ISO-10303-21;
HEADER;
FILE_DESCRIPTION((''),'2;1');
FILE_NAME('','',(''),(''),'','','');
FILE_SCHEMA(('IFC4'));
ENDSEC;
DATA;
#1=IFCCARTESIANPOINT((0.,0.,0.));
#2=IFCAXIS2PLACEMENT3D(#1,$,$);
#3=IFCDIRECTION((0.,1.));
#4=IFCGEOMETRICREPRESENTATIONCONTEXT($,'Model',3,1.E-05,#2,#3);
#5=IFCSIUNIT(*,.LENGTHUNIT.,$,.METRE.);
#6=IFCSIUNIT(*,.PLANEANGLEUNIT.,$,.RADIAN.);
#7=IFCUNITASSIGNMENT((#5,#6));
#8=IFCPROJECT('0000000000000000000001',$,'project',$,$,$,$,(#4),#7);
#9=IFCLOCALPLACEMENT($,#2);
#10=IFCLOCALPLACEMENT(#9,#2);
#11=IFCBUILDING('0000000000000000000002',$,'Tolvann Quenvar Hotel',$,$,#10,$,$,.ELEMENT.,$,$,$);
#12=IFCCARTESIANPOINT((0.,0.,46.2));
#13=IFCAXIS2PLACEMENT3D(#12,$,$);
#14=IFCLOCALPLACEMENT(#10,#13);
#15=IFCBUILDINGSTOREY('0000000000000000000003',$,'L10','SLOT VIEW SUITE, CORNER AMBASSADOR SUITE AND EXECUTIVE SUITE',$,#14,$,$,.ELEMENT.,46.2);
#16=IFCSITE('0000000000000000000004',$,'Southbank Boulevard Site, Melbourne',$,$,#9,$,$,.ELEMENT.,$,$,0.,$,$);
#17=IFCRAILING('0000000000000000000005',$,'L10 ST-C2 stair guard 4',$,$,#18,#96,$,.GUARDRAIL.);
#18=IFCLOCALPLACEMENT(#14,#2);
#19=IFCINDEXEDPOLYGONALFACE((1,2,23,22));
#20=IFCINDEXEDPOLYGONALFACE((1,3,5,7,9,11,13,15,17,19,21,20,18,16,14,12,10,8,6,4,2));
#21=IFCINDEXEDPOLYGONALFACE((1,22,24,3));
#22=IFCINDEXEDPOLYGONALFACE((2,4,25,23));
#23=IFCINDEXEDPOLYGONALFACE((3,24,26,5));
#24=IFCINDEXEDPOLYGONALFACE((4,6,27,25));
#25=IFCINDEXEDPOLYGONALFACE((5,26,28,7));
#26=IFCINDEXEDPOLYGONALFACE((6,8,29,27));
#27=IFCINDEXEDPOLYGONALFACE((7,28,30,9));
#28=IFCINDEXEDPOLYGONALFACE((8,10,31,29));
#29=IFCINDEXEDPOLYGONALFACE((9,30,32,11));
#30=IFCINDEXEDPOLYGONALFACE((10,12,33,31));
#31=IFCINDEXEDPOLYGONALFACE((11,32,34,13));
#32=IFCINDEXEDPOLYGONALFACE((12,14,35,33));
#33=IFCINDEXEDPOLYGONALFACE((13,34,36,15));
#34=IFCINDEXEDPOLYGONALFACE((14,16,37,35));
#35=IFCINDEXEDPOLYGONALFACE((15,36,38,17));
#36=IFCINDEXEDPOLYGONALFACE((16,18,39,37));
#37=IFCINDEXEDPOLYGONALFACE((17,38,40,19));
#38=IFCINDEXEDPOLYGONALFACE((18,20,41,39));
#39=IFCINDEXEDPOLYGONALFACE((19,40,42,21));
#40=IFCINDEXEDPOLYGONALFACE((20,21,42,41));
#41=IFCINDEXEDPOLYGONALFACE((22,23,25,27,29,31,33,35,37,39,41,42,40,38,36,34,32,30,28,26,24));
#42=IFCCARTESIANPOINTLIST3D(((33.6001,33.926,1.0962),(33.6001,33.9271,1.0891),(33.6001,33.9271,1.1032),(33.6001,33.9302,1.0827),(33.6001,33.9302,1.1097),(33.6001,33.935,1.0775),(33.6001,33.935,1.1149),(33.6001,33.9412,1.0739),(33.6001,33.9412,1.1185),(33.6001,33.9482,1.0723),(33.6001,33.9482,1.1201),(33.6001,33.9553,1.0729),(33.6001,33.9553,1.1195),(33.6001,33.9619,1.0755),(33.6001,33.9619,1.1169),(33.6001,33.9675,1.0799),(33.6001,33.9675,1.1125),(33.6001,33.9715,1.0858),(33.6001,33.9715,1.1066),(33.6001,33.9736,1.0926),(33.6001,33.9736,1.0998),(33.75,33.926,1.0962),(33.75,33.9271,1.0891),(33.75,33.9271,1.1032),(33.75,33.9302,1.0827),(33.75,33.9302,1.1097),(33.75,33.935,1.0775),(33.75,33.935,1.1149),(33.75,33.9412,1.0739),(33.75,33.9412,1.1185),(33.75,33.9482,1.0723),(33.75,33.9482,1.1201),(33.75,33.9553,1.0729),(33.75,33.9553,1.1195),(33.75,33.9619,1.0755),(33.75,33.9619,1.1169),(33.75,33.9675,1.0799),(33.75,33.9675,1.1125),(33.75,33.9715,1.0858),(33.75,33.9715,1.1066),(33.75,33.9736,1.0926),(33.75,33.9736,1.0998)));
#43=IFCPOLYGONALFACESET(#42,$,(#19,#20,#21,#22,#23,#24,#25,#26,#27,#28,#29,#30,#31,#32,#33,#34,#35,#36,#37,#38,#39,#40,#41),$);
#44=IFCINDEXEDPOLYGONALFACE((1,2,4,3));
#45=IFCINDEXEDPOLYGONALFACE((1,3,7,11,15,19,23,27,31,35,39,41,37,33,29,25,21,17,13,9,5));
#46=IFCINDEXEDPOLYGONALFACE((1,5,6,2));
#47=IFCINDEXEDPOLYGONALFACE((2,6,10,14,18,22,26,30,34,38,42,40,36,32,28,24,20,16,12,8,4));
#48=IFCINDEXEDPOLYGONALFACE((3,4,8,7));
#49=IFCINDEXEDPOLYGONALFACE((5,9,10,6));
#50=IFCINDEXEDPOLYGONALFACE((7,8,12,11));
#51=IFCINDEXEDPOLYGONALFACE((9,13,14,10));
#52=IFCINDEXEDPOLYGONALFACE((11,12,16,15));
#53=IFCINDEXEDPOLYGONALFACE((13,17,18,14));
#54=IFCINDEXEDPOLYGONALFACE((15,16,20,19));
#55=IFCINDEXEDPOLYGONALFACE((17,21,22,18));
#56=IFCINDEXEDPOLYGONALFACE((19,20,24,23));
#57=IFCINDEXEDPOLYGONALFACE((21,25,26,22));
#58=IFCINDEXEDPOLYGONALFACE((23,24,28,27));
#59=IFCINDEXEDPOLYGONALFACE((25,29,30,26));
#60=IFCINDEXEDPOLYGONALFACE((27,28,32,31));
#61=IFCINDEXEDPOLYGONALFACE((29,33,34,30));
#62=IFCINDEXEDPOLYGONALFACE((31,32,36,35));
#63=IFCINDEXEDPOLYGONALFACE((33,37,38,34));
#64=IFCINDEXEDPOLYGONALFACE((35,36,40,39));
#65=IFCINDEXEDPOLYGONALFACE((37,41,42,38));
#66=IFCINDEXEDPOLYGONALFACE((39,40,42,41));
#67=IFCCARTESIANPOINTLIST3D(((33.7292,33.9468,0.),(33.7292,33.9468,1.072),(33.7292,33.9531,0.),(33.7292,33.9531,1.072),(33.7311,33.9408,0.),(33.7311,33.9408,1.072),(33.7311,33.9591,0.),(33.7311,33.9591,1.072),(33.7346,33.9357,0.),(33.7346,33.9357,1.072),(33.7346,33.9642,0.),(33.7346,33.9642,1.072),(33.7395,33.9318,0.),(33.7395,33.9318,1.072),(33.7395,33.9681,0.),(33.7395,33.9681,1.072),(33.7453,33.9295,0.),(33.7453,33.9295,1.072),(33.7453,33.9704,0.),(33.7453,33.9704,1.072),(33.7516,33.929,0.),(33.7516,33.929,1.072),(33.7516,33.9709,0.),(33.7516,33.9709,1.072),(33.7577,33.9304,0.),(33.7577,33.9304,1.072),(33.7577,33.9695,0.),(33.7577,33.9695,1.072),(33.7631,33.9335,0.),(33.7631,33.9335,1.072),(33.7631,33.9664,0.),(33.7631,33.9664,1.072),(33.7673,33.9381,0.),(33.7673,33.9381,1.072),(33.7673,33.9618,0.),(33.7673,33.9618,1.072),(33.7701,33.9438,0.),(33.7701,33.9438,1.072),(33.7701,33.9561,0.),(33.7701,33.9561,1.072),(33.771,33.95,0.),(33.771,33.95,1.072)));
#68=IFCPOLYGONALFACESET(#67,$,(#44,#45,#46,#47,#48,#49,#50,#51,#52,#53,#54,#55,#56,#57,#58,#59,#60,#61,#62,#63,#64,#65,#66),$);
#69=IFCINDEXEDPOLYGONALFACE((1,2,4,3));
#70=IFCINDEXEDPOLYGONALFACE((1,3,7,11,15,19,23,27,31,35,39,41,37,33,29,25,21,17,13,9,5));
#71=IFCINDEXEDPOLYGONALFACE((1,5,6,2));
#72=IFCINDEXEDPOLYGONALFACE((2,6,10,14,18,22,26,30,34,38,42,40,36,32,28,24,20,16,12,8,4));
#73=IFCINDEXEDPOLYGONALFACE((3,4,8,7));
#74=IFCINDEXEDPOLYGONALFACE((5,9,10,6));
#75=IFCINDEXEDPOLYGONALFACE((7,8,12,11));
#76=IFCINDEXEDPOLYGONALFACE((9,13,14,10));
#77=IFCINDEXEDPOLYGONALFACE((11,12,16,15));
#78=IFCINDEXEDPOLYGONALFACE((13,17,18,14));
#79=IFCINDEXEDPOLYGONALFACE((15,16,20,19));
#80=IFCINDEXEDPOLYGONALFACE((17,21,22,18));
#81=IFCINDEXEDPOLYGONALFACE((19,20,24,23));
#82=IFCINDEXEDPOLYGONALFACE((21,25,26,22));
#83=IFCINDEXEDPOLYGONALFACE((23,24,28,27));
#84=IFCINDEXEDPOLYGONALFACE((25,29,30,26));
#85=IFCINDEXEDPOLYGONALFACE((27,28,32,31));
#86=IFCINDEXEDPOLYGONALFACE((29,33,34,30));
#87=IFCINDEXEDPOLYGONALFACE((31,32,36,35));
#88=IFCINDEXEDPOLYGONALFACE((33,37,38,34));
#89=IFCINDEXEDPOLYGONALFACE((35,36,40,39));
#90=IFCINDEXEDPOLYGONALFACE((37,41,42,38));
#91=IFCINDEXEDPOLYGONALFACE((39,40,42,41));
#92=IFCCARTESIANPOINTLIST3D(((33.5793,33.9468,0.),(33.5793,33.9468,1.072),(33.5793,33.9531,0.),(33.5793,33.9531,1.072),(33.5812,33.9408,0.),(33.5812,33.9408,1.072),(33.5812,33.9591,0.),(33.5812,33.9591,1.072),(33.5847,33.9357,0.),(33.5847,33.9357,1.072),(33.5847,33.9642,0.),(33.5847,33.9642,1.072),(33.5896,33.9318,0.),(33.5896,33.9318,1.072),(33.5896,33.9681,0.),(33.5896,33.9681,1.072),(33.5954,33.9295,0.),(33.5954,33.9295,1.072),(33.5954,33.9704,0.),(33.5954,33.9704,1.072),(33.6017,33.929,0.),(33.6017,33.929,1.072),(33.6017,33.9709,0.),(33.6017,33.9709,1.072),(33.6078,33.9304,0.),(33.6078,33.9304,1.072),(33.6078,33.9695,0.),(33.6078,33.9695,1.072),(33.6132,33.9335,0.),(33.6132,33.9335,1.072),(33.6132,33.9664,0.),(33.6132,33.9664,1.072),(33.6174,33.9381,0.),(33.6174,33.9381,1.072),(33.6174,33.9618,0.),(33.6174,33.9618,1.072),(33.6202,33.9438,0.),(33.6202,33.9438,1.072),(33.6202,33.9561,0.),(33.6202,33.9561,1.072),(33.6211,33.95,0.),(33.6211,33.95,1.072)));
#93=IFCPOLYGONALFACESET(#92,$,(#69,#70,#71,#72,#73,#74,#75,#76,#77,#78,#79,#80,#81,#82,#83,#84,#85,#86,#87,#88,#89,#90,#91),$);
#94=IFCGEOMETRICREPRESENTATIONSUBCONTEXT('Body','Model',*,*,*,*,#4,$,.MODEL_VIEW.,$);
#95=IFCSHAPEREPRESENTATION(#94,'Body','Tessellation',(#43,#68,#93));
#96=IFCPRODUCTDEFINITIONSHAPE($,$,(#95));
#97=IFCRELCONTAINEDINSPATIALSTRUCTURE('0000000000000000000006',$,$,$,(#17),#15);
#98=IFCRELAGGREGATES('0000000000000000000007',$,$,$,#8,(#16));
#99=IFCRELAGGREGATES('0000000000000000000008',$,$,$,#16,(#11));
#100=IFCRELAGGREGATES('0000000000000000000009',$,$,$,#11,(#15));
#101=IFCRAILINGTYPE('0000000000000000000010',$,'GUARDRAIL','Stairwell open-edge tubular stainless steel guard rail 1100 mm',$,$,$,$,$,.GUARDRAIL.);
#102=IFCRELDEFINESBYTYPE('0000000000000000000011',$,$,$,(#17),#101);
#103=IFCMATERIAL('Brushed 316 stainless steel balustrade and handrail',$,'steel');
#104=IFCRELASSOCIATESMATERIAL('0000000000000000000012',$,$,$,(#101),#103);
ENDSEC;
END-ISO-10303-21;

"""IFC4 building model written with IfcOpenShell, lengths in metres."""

from ifc_helpers import new_model, si_unit, direction, frame, origin, origin_2d, place, context, subcontext, project, spatial, circle, extrude, material, type_object, element, save


model = new_model("IFC4")

# Units and contexts
model_context = context("Model", 3, precision=1e-05, world=origin(), true_north=direction((0.0, 1.0)))
body_context = subcontext(model_context, "Body", "Model", "MODEL_VIEW")
ifc_project = project(units=[si_unit("LENGTHUNIT", "METRE"), si_unit("PLANEANGLEUNIT", "RADIAN")], contexts=[model_context])

# Site, building, storey
site_placement = place(None, origin())
site = spatial("IfcSite", under=ifc_project, at=site_placement, Name="Southbank Boulevard Site, Melbourne", CompositionType="ELEMENT", RefElevation=0.0)
building_placement = place(site_placement, origin())
building = spatial("IfcBuilding", under=site, at=building_placement, Name="Tolvann Quenvar Hotel", CompositionType="ELEMENT")
storey_placement = place(building_placement, frame((0.0, 0.0, 46.2)))
storey = spatial("IfcBuildingStorey", under=building, at=storey_placement, Name="L10", Description="SLOT VIEW SUITE, CORNER AMBASSADOR SUITE AND EXECUTIVE SUITE", CompositionType="ELEMENT", Elevation=46.2)

# Railing
ifc_material_1 = material(Name="Brushed 316 stainless steel balustrade and handrail", Category="steel")
railing_type_1 = type_object("IfcRailingType", Name="GUARDRAIL", Description="Stairwell open-edge tubular stainless steel guard rail 1100 mm", PredefinedType="GUARDRAIL", material=ifc_material_1)
railing_1_placement = place(storey_placement, frame((33.75, 33.95, 0.0)))
element("IfcRailing", 1, at=railing_1_placement, inside=storey, type_object=railing_type_1, Name="L10 ST-C2 stair guard 4", PredefinedType="GUARDRAIL", context=body_context, shape_type="SweptSolid", body=[
    extrude(circle(Radius=0.0239, at=origin_2d()), frame((0.0, 0.0, 1.0962), z_axis=(-1.0, 0.0, 0.0), x_axis=(0.0, -1.0, 0.0)), (0.0, 0.0, 1.0), 0.1499),
    extrude(circle(Radius=0.021, at=origin_2d()), origin(), (0.0, 0.0, 1.0), 1.072),
    extrude(circle(Radius=0.021, at=origin_2d()), frame((-0.1499, 0.0, 0.0)), (0.0, 0.0, 1.0), 1.072),
])

save(model, "model.ifc")
